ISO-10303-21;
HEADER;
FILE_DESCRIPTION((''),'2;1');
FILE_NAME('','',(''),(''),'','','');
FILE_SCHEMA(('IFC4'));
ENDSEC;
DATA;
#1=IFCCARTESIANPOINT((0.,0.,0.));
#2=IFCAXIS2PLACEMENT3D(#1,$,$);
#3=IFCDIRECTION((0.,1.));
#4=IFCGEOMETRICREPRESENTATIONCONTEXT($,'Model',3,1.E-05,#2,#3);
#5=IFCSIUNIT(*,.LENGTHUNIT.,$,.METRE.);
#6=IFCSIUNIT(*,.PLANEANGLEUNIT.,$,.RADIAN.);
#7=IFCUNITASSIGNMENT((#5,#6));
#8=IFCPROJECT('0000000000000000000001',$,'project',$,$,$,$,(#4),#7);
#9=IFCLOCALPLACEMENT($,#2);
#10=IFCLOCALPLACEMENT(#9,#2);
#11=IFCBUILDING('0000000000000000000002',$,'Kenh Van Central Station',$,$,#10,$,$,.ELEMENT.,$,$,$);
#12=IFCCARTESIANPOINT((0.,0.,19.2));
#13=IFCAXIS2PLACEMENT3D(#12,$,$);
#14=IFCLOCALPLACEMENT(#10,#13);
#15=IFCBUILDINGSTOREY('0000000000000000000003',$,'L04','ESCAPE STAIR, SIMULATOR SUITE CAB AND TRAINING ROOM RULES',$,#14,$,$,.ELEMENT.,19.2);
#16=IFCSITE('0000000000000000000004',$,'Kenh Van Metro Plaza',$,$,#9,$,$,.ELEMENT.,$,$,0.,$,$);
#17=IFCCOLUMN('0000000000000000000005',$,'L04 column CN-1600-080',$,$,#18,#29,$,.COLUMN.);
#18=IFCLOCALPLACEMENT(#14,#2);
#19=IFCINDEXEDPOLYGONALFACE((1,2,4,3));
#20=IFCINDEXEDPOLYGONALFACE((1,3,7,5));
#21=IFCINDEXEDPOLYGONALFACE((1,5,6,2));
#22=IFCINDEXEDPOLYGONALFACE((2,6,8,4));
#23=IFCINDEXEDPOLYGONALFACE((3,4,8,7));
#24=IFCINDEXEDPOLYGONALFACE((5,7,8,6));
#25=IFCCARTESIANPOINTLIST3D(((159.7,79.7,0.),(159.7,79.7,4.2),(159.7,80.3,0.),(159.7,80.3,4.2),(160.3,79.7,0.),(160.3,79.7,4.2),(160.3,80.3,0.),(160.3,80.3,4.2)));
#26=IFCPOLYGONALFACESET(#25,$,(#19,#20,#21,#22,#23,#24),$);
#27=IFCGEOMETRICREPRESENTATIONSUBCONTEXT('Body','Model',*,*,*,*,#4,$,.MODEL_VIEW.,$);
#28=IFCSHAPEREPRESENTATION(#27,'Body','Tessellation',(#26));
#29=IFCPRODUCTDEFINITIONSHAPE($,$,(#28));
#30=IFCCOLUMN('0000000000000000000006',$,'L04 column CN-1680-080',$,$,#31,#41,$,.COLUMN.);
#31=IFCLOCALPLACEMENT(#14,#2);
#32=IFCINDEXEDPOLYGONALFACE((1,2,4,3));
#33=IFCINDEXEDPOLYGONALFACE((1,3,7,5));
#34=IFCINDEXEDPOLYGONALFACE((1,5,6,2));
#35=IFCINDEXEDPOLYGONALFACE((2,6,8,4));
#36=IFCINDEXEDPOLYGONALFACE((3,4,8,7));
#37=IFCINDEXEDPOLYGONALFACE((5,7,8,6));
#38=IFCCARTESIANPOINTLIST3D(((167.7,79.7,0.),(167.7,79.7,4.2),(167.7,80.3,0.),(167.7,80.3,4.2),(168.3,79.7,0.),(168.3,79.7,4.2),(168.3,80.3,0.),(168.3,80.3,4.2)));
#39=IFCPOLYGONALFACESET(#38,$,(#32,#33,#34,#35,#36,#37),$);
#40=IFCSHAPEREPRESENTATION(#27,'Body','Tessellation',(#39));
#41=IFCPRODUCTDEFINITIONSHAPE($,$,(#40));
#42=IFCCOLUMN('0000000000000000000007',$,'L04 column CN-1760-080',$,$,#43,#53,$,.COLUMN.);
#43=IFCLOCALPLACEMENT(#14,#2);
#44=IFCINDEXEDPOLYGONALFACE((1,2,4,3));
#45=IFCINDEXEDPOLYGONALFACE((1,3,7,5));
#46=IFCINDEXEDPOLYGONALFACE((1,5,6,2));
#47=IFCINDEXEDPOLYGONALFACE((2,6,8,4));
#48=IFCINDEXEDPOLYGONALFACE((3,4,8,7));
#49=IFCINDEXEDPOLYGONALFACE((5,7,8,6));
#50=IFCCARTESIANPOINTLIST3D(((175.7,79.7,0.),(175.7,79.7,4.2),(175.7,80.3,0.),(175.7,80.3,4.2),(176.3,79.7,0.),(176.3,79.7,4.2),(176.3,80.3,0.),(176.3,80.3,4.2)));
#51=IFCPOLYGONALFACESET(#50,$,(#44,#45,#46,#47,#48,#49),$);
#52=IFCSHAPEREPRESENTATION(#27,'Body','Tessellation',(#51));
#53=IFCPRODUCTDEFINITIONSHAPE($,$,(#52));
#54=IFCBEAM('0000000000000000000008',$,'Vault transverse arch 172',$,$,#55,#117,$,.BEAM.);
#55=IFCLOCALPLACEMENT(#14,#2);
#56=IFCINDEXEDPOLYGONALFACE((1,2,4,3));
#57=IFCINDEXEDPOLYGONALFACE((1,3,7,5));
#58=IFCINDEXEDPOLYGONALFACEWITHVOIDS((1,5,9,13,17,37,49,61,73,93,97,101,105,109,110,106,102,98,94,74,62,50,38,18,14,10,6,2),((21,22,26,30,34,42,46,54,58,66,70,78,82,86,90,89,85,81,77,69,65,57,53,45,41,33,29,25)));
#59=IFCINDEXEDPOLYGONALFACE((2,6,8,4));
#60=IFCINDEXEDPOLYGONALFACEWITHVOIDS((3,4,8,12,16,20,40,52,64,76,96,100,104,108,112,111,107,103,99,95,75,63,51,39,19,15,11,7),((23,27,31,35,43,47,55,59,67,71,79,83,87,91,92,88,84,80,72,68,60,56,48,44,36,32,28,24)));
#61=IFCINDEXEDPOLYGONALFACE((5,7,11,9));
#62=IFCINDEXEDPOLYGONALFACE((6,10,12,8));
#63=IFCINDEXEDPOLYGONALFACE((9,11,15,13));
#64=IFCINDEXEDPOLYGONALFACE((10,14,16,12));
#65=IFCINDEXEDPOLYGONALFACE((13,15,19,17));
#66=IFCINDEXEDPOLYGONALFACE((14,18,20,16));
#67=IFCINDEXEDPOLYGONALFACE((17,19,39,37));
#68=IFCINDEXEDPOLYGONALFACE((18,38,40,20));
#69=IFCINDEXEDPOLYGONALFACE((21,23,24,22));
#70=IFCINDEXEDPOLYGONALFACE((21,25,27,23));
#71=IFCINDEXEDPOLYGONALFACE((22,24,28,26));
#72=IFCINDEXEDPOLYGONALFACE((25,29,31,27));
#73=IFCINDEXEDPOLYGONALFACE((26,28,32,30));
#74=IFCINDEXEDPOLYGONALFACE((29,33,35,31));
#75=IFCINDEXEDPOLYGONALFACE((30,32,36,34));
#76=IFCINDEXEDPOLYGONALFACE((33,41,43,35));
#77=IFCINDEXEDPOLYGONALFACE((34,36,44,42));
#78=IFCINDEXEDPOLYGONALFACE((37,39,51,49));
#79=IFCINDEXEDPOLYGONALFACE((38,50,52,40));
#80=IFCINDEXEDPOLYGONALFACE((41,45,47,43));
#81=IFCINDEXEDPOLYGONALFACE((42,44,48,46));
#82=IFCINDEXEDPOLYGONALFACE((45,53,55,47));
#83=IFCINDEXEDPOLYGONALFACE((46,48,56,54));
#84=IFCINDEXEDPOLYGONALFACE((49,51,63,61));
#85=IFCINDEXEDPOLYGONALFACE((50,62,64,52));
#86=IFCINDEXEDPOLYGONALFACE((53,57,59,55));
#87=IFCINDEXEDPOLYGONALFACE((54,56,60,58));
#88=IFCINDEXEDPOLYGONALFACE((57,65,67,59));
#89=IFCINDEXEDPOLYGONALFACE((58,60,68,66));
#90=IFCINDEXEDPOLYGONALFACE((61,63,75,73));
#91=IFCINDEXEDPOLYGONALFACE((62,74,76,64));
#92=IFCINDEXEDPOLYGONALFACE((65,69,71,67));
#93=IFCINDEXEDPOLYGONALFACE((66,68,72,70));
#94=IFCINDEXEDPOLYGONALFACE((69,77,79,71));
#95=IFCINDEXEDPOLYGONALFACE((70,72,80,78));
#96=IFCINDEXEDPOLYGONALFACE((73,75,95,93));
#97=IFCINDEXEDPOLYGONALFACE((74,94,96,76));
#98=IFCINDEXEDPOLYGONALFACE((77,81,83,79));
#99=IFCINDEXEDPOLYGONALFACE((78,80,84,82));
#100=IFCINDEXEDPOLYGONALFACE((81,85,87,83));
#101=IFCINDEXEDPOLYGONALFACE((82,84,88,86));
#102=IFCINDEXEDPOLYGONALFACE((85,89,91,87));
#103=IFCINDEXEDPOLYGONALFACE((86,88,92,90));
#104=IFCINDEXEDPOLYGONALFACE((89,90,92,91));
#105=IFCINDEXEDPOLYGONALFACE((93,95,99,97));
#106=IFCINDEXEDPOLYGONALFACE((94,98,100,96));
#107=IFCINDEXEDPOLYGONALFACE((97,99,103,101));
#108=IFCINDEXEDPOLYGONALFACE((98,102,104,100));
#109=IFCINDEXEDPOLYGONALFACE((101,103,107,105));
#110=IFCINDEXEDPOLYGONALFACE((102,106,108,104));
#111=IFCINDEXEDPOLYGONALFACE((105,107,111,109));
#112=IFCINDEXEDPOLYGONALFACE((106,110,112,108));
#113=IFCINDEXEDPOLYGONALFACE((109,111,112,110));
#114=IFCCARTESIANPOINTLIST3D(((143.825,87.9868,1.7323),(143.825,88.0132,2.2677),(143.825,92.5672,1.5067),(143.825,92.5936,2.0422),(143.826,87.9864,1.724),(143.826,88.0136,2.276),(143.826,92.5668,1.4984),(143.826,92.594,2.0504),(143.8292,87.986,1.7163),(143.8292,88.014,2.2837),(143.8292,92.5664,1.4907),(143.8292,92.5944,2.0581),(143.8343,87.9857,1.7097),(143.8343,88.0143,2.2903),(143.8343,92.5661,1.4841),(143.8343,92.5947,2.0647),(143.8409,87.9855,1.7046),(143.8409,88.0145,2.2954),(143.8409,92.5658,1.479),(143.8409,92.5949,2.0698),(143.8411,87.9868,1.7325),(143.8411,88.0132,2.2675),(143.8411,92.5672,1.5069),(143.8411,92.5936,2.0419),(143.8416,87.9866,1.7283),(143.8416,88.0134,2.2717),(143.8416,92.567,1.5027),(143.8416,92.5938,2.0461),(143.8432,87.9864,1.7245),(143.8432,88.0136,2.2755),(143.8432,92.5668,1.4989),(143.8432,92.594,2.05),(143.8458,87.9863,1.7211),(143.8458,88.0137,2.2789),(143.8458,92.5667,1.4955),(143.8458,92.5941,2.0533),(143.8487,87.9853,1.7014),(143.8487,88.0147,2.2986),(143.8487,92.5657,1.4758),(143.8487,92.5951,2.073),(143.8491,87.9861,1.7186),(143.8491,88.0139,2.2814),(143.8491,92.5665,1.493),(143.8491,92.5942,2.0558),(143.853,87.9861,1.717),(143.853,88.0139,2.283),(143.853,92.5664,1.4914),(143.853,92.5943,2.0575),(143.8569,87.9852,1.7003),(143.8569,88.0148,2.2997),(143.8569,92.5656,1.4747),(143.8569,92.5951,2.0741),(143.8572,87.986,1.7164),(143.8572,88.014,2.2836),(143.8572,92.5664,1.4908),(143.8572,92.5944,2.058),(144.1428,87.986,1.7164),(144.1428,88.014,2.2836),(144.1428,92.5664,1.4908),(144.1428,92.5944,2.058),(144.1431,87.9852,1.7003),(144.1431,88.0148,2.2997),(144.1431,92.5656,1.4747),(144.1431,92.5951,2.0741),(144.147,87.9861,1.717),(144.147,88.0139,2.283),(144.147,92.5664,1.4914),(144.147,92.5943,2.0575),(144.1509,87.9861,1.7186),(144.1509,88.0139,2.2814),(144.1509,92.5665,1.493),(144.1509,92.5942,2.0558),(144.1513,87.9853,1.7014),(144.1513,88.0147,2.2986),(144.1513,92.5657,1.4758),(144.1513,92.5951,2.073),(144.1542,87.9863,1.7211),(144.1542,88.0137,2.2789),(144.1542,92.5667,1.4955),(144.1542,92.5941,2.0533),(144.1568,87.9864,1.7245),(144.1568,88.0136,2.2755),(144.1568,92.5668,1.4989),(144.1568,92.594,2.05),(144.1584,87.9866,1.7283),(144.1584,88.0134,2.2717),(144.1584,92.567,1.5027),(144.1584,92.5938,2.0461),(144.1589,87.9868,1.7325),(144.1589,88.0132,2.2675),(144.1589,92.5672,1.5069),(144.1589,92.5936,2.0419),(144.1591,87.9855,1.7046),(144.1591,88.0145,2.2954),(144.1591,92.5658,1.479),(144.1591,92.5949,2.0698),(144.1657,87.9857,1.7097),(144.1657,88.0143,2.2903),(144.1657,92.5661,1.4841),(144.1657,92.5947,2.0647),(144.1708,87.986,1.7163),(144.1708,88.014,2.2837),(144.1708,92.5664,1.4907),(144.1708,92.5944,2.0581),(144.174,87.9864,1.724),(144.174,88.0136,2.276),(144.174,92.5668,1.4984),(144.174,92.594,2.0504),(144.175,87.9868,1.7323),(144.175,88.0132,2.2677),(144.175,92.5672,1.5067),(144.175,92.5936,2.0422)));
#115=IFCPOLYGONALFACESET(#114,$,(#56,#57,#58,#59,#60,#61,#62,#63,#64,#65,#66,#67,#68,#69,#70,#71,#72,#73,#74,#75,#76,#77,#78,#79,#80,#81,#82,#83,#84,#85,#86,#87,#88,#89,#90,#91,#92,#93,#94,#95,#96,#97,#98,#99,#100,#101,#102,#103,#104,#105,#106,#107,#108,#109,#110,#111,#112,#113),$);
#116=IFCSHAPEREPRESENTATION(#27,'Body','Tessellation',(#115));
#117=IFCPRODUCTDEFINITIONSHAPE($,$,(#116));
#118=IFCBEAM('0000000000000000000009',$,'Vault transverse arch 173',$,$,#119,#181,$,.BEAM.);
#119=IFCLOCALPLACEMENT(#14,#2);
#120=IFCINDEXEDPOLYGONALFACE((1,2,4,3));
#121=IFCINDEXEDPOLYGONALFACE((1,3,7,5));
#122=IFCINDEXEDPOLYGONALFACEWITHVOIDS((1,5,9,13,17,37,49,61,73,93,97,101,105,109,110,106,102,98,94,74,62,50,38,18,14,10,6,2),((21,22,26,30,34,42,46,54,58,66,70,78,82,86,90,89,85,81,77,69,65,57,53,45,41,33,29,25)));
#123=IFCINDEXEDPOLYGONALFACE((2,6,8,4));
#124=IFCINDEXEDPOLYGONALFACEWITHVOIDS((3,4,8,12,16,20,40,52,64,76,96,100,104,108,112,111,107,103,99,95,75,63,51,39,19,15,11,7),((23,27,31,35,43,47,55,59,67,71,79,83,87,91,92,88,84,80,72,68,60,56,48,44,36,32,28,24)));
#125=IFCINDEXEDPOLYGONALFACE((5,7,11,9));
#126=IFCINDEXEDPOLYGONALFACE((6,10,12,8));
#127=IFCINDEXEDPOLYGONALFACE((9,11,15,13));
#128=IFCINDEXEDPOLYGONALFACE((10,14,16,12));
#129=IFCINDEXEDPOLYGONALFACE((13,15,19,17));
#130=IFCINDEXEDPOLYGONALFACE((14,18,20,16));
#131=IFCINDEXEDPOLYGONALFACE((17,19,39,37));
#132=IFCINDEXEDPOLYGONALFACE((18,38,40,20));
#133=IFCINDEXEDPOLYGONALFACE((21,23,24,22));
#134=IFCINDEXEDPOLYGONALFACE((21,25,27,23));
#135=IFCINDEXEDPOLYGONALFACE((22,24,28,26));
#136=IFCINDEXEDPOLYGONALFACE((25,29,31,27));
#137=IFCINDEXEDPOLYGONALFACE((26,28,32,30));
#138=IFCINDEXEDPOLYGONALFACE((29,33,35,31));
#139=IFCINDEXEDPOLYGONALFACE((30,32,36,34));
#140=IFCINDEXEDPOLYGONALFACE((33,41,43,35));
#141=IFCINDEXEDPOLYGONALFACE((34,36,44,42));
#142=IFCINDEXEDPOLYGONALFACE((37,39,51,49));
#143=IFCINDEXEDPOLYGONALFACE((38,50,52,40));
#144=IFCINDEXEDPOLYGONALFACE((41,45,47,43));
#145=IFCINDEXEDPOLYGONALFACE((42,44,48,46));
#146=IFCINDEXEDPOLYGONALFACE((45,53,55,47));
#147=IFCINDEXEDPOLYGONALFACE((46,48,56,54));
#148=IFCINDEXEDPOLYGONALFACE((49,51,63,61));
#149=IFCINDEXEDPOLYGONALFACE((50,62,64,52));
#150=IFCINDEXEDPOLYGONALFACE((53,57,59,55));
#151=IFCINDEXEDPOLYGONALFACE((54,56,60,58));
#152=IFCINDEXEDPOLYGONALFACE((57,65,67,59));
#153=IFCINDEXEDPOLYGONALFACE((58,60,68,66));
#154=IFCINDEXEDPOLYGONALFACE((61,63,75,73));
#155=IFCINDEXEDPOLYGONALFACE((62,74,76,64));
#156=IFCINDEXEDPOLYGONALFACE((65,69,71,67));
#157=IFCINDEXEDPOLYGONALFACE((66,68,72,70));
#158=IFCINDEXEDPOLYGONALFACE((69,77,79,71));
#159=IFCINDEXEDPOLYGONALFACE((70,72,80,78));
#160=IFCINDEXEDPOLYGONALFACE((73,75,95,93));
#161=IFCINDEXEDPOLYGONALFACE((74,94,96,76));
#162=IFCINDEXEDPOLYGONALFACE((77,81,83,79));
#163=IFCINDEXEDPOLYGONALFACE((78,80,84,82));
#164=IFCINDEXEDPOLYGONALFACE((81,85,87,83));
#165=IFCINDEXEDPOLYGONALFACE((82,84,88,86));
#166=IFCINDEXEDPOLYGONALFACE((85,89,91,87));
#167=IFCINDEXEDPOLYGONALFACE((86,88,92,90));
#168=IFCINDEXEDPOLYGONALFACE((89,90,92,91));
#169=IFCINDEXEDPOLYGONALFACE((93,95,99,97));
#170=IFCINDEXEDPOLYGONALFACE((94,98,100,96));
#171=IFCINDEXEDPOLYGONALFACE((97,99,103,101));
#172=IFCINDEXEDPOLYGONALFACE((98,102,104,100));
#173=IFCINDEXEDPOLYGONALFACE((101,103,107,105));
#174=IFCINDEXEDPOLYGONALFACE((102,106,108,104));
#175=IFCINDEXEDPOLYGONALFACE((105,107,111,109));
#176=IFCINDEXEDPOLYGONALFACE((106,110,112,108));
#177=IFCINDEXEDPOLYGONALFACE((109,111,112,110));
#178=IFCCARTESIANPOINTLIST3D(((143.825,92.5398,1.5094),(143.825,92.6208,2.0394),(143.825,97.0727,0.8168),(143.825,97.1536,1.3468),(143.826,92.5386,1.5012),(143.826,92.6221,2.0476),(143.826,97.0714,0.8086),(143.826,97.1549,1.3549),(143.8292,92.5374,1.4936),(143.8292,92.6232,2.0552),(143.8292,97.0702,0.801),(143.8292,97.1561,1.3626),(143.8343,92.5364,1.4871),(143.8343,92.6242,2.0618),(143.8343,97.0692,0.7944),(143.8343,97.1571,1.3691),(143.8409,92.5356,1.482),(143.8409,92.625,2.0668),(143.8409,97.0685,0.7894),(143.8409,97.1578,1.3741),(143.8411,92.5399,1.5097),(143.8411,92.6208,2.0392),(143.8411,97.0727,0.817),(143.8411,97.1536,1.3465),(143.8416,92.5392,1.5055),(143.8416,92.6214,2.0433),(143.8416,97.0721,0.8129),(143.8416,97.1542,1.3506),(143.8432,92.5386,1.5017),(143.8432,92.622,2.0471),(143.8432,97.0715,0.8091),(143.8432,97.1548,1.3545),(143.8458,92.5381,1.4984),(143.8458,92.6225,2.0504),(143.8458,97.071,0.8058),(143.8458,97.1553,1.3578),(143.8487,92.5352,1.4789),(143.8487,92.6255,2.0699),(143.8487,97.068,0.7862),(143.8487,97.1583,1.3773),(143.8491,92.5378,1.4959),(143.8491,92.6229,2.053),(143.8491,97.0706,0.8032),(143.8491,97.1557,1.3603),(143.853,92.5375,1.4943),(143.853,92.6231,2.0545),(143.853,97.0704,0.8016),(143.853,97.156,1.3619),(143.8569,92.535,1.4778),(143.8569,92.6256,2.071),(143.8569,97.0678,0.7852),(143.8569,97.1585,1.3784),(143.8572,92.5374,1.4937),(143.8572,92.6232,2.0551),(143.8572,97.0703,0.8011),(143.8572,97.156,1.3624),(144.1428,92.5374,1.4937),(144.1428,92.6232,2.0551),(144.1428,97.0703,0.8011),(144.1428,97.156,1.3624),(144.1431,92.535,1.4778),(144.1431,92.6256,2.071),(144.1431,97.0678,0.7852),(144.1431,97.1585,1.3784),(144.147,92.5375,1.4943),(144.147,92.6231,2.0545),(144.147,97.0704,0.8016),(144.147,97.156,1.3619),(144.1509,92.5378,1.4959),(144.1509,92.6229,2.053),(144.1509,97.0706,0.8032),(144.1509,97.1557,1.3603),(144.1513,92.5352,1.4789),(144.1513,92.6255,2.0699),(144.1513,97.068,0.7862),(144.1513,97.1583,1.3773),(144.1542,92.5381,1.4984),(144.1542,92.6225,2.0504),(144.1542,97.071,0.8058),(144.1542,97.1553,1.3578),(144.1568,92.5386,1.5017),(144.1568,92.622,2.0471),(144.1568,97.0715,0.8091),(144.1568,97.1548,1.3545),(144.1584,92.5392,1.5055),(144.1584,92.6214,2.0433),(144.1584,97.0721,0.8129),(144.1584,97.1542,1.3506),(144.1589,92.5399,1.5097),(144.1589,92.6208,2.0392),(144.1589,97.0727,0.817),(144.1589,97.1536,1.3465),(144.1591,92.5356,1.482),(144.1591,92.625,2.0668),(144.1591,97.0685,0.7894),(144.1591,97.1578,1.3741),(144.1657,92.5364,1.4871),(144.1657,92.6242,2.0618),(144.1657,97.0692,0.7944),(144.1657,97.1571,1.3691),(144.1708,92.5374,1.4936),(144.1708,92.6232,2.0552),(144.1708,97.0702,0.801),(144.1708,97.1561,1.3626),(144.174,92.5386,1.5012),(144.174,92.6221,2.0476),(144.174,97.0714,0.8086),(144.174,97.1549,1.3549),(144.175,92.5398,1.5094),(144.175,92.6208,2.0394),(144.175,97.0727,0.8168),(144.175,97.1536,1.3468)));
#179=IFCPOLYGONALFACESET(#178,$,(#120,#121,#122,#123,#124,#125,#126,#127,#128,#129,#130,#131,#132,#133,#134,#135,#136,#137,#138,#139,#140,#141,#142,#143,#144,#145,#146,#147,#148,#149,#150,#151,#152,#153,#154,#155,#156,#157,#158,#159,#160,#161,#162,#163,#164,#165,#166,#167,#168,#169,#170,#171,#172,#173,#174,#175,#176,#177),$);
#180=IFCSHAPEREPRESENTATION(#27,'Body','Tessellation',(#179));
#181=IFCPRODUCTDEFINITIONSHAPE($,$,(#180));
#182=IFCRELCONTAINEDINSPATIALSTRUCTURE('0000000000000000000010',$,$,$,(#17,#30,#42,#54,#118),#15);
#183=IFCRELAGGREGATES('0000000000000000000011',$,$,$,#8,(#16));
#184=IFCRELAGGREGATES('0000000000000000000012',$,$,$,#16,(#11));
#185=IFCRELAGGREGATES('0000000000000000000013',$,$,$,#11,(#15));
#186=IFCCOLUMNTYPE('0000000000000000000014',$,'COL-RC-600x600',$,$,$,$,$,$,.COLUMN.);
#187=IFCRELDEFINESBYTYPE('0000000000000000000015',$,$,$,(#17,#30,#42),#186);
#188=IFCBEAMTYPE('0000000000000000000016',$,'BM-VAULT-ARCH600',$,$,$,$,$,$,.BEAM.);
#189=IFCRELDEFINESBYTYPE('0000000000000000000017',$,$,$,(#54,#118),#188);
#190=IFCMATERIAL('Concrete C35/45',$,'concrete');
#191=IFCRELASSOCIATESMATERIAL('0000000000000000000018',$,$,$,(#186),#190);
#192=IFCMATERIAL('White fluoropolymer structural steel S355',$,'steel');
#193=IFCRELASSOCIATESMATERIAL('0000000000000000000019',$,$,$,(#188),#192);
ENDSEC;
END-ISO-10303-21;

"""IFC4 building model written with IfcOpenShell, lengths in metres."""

from ifc_helpers import new_model, si_unit, direction, frame, origin, origin_2d, place, context, subcontext, project, spatial, rectangle, hollow_rectangle, extrude, material, material_profile, profile_set, type_object, element, save


model = new_model("IFC4")

# Units and contexts
model_context = context("Model", 3, precision=1e-05, world=origin(), true_north=direction((0.0, 1.0)))
body_context = subcontext(model_context, "Body", "Model", "MODEL_VIEW")
ifc_project = project(units=[si_unit("LENGTHUNIT", "METRE"), si_unit("PLANEANGLEUNIT", "RADIAN")], contexts=[model_context])

# Site, building, storey
site_placement = place(None, origin())
site = spatial("IfcSite", under=ifc_project, at=site_placement, Name="Kenh Van Metro Plaza", CompositionType="ELEMENT", RefElevation=0.0)
building_placement = place(site_placement, origin())
building = spatial("IfcBuilding", under=site, at=building_placement, Name="Kenh Van Central Station", CompositionType="ELEMENT")
storey_placement = place(building_placement, frame((0.0, 0.0, 19.2)))
storey = spatial("IfcBuildingStorey", under=building, at=storey_placement, Name="L04", Description="ESCAPE STAIR, SIMULATOR SUITE CAB AND TRAINING ROOM RULES", CompositionType="ELEMENT", Elevation=19.2)

# Columns
ifc_material_1 = material(Name="Concrete C35/45", Category="concrete")
ifc_material_profile_1 = material_profile(ifc_material_1, rectangle(XDim=0.6001, YDim=0.6001, at=origin_2d()), Name="RC 600x600")
ifc_profile_set_1 = profile_set([ifc_material_profile_1], Name="Concrete C35/45")
column_type = type_object("IfcColumnType", Name="COL-RC-600x600", PredefinedType="COLUMN", material=ifc_profile_set_1)
for number, where, z_axis, x_axis, name in (
    (1, (160.0, 80.0, 0.0), (0.0, 0.0, 1.0), (1.0, 0.0, 0.0), "L04 column CN-1600-080"),
    (2, (168.0, 80.0, 0.0), (0.0, 0.0, 1.0), (1.0, 0.0, 0.0), "L04 column CN-1680-080"),
    (3, (176.0, 80.0, 0.0), (0.0, 0.0, 1.0), (1.0, 0.0, 0.0), "L04 column CN-1760-080"),
):
    element("IfcColumn", number, at=place(storey_placement, frame(where, z_axis=z_axis, x_axis=x_axis)), inside=storey, type_object=column_type, Name=name, PredefinedType="COLUMN", context=body_context, shape_type="SweptSolid", body=[
        extrude(rectangle(XDim=0.6001, YDim=0.6001, at=origin_2d()), origin(), (0.0, 0.0, 1.0), 4.2),
    ])

# Beams
ifc_material_2 = material(Name="White fluoropolymer structural steel S355", Category="steel")
ifc_material_profile_2 = material_profile(ifc_material_2, hollow_rectangle(XDim=0.3501, YDim=0.6001, WallThickness=0.0161, InnerFilletRadius=0.0161, OuterFilletRadius=0.032, at=origin_2d()), Name="RHS 600x350x16")
ifc_profile_set_2 = profile_set([ifc_material_profile_2], Name="White fluoropolymer structural steel S355")
beam_type_1 = type_object("IfcBeamType", Name="BM-VAULT-ARCH600", PredefinedType="BEAM", material=ifc_profile_set_2)
beam_1_placement = place(storey_placement, frame((144.0, 88.0, 2.0), z_axis=(0.0, 0.998789, -0.049191), x_axis=(-1.0, 0.0, 0.0)))
element("IfcBeam", 4, at=beam_1_placement, inside=storey, type_object=beam_type_1, Name="Vault transverse arch 172", PredefinedType="BEAM", context=body_context, shape_type="SweptSolid", body=[
    extrude(hollow_rectangle(XDim=0.3501, YDim=0.6001, WallThickness=0.0161, InnerFilletRadius=0.0161, OuterFilletRadius=0.032, at=origin_2d()), origin(), (0.0, 0.0, 1.0), 4.5859),
])
beam_2_placement = place(storey_placement, frame((144.0, 92.5803, 1.7744), z_axis=(0.0, 0.988526, -0.151053), x_axis=(-1.0, 0.0, 0.0)))
element("IfcBeam", 5, at=beam_2_placement, inside=storey, type_object=beam_type_1, Name="Vault transverse arch 173", PredefinedType="BEAM", context=body_context, shape_type="SweptSolid", body=[
    extrude(hollow_rectangle(XDim=0.3501, YDim=0.6001, WallThickness=0.0161, InnerFilletRadius=0.0161, OuterFilletRadius=0.032, at=origin_2d()), origin(), (0.0, 0.0, 1.0), 4.5854),
])

save(model, "model.ifc")
